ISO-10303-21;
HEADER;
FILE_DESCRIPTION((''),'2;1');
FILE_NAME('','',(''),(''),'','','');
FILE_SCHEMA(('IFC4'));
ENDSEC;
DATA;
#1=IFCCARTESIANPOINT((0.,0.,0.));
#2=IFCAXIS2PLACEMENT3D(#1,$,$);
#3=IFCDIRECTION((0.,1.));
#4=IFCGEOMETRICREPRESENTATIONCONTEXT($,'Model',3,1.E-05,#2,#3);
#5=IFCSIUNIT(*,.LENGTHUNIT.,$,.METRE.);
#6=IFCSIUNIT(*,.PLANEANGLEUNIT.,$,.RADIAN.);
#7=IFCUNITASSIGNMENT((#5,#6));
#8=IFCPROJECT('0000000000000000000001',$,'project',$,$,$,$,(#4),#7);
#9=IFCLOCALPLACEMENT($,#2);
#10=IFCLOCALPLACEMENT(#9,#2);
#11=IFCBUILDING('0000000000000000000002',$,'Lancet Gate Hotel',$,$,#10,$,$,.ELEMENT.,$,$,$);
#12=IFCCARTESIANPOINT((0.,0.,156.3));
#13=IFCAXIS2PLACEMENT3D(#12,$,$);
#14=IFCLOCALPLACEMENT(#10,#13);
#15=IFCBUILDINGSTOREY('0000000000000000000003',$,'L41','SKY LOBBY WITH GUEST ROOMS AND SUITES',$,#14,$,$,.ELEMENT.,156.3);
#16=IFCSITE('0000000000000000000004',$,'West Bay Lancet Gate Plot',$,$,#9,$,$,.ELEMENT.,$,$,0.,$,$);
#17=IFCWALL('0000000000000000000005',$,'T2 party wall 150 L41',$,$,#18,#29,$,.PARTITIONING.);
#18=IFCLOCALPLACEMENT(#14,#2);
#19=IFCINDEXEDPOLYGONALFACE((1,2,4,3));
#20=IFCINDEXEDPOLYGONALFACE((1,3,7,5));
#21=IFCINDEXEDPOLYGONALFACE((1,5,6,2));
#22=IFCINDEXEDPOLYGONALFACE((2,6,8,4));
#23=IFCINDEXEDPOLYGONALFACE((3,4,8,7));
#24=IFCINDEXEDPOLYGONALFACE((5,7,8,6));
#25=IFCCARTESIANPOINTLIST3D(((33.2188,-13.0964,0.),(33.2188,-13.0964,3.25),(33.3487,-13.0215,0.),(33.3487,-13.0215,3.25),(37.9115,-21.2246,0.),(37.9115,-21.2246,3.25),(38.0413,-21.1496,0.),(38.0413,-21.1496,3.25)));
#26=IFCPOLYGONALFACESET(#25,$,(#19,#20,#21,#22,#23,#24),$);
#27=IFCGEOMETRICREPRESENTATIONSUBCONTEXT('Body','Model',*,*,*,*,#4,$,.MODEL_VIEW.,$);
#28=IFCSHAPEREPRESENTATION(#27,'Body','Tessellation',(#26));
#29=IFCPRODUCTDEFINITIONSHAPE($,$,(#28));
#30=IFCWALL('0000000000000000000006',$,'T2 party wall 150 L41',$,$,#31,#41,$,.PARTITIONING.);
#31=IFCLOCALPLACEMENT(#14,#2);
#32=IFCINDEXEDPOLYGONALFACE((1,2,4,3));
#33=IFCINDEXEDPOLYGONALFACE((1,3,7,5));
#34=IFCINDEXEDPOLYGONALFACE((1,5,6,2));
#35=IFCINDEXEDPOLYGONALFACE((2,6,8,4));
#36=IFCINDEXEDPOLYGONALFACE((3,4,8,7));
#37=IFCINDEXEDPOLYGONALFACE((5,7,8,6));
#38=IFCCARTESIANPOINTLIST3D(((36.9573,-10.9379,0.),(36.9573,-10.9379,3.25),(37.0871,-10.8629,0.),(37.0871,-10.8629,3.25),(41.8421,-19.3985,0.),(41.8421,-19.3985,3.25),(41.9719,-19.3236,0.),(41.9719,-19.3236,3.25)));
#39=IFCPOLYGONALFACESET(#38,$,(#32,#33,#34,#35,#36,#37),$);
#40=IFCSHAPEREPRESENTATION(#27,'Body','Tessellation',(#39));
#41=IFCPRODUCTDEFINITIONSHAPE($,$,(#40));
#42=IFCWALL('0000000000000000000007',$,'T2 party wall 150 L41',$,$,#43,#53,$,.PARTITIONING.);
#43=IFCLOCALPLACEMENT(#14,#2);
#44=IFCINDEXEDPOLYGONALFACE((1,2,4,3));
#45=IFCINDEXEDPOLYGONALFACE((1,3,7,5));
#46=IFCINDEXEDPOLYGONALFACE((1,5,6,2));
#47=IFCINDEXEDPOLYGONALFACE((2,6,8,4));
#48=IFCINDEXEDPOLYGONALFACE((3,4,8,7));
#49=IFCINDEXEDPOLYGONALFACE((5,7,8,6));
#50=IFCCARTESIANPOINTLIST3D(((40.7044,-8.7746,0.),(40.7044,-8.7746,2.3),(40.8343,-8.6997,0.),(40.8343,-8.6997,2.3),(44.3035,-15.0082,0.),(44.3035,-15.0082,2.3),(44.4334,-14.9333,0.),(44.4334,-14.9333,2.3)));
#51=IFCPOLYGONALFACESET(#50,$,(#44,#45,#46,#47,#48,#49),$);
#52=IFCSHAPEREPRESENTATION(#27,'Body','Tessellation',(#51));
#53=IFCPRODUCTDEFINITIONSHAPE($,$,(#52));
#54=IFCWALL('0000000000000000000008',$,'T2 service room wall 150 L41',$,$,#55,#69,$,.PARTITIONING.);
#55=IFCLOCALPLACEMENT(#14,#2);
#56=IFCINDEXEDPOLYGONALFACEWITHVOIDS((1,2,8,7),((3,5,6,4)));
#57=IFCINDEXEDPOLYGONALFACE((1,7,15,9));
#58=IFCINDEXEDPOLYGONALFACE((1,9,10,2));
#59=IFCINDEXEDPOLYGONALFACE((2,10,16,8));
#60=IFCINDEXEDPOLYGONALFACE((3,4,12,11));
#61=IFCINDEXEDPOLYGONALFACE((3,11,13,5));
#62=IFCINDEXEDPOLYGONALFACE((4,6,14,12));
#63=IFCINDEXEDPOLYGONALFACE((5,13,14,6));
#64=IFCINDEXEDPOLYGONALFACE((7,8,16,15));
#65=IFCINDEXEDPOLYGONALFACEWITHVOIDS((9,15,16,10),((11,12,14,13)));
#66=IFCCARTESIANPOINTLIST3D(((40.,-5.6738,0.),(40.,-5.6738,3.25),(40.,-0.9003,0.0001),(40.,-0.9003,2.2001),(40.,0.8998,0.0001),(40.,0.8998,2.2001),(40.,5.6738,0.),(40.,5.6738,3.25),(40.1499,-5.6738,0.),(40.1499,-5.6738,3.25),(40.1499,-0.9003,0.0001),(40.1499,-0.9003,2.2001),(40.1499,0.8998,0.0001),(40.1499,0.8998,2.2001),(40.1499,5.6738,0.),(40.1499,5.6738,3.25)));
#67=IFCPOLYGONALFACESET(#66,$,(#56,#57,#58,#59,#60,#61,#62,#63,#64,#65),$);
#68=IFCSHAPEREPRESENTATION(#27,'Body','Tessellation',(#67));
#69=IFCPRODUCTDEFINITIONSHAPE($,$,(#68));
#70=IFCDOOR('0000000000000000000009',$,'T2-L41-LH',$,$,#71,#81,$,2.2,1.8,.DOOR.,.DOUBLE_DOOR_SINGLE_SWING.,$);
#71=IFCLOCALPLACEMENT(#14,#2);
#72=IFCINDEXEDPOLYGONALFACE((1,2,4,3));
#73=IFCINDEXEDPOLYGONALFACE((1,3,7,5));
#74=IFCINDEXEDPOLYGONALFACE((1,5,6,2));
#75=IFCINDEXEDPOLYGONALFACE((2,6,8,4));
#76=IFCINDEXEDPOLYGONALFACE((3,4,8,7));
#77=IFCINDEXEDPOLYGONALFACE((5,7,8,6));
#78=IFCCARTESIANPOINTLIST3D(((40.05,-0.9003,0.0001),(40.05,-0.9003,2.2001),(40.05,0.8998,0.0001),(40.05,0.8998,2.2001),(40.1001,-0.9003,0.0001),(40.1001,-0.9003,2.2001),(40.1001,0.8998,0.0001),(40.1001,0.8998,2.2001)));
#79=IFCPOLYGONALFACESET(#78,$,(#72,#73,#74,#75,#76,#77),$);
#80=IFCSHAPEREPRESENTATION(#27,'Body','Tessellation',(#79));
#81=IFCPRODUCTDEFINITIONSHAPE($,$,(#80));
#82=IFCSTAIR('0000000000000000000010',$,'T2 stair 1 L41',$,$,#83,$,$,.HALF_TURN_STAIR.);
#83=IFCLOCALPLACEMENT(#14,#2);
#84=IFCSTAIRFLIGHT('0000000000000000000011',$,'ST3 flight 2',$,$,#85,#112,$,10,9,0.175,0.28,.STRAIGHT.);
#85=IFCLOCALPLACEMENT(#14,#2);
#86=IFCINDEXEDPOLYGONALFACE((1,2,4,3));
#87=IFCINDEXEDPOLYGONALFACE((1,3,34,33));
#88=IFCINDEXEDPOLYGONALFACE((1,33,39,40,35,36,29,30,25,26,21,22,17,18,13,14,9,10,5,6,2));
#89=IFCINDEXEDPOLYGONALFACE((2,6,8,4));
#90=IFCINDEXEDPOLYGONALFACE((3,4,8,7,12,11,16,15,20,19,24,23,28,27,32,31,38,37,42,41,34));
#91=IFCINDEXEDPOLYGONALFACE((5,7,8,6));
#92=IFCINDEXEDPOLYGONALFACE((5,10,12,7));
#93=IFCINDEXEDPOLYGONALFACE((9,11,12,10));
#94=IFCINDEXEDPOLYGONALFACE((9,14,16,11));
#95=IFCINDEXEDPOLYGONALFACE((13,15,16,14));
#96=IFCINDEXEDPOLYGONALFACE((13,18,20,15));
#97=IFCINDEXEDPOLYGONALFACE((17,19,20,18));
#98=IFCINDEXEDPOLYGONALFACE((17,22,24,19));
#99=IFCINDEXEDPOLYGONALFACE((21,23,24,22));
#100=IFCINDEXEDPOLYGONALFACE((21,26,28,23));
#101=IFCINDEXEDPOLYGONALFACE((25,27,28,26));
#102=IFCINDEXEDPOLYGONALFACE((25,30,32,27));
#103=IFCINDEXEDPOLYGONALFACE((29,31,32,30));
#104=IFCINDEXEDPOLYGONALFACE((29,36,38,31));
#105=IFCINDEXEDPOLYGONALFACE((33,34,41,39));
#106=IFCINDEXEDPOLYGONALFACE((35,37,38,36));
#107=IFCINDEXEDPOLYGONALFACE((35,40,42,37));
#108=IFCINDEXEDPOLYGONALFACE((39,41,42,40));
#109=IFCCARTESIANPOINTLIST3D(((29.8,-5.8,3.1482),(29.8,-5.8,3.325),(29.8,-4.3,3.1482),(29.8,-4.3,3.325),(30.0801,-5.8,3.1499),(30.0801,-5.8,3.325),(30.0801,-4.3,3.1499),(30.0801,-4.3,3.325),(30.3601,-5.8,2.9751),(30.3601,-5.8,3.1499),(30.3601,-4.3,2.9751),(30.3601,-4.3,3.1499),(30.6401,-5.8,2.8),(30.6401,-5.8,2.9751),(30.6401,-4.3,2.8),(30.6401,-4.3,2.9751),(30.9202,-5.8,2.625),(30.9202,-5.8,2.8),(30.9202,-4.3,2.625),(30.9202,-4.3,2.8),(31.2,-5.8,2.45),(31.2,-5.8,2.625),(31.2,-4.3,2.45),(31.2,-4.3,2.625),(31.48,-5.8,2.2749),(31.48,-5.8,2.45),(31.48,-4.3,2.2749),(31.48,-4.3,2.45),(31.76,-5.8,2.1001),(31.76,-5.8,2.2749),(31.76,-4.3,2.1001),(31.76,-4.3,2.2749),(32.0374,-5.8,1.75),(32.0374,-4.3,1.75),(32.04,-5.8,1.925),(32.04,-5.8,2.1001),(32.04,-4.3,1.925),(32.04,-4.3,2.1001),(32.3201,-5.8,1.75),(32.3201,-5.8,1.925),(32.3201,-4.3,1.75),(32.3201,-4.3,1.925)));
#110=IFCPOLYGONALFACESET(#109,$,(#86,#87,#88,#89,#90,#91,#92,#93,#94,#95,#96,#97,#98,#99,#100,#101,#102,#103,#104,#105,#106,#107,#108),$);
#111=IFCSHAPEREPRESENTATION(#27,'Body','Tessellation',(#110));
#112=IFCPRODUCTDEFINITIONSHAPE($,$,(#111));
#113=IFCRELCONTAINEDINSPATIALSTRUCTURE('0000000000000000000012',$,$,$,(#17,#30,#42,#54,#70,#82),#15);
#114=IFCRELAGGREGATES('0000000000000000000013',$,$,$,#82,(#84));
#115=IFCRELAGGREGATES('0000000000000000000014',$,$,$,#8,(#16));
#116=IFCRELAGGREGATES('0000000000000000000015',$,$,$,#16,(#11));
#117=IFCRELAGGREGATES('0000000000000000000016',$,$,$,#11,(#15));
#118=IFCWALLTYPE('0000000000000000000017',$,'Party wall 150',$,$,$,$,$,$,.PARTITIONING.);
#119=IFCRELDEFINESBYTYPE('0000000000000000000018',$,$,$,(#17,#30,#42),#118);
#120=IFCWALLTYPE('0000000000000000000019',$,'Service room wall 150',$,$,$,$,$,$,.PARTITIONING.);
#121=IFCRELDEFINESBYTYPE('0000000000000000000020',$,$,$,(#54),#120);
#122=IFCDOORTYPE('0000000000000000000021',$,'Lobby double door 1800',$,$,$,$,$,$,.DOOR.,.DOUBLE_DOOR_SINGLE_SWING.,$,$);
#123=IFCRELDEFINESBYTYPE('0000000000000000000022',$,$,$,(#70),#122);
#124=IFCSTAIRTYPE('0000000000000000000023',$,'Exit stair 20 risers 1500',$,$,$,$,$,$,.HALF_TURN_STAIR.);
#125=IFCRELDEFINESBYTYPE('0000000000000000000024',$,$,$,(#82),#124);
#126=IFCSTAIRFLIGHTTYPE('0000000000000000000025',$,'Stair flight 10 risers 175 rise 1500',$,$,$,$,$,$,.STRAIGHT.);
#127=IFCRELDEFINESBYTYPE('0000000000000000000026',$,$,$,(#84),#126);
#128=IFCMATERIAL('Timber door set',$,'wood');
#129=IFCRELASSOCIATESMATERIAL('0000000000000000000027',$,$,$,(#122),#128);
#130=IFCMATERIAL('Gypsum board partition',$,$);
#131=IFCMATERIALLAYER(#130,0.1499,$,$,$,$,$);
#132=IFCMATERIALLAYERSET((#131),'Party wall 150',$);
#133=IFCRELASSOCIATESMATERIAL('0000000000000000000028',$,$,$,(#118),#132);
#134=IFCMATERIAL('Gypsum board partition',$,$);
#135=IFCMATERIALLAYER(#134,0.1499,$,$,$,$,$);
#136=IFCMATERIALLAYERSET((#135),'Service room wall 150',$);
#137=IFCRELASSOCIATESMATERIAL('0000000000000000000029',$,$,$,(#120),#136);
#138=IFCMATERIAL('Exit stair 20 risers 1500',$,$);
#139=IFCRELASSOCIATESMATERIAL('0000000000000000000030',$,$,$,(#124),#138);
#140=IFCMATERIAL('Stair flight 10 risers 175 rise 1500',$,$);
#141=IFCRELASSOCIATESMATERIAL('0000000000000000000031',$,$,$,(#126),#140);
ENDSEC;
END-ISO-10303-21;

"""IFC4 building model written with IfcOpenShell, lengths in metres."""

from ifc_helpers import new_model, si_unit, direction, frame, frame_2d, origin, place, context, subcontext, project, spatial, polyline, rectangle, outline, extrude, material, layer, layer_set, type_object, element, fill, aggregate, save


model = new_model("IFC4")

# Units and contexts
model_context = context("Model", 3, precision=1e-05, world=origin(), true_north=direction((0.0, 1.0)))
body_context = subcontext(model_context, "Body", "Model", "MODEL_VIEW")
ifc_project = project(units=[si_unit("LENGTHUNIT", "METRE"), si_unit("PLANEANGLEUNIT", "RADIAN")], contexts=[model_context])

# Site, building, storey
site_placement = place(None, origin())
site = spatial("IfcSite", under=ifc_project, at=site_placement, Name="West Bay Lancet Gate Plot", CompositionType="ELEMENT", RefElevation=0.0)
building_placement = place(site_placement, origin())
building = spatial("IfcBuilding", under=site, at=building_placement, Name="Lancet Gate Hotel", CompositionType="ELEMENT")
storey_placement = place(building_placement, frame((0.0, 0.0, 156.3)))
storey = spatial("IfcBuildingStorey", under=building, at=storey_placement, Name="L41", Description="SKY LOBBY WITH GUEST ROOMS AND SUITES", CompositionType="ELEMENT", Elevation=156.3)

# Shared definitions
ifc_material_1 = material(Name="Timber door set", Category="wood")
door_type_1 = type_object("IfcDoorType", Name="Lobby double door 1800", OperationType="DOUBLE_DOOR_SINGLE_SWING", PredefinedType="DOOR", material=ifc_material_1)

# Walls
ifc_material_2 = material(Name="Gypsum board partition")
ifc_layer_1 = layer(ifc_material_2, 0.1499)
ifc_layer_set_1 = layer_set([ifc_layer_1], Name="Party wall 150")
wall_type_1 = type_object("IfcWallType", Name="Party wall 150", PredefinedType="PARTITIONING", material=ifc_layer_set_1)
wall_1_placement = place(storey_placement, frame((33.2837, -13.0588, 0.0), z_axis=(0.0, 0.0, 1.0), x_axis=(0.499986, -0.866034, 0.0)))
element("IfcWall", 1, at=wall_1_placement, inside=storey, type_object=wall_type_1, Name="T2 party wall 150 L41", PredefinedType="PARTITIONING", context=body_context, shape_type="SweptSolid", body=[
    extrude(rectangle(XDim=9.3855, YDim=0.1499, at=frame_2d((4.6929, 0.0))), origin(), (0.0, 0.0, 1.0), 3.25),
])
wall_2_placement = place(storey_placement, frame((37.0222, -10.9004, 0.0), z_axis=(0.0, 0.0, 1.0), x_axis=(0.499999, -0.866026, 0.0)))
element("IfcWall", 2, at=wall_2_placement, inside=storey, type_object=wall_type_1, Name="T2 party wall 150 L41", PredefinedType="PARTITIONING", context=body_context, shape_type="SweptSolid", body=[
    extrude(rectangle(XDim=9.7695, YDim=0.1499, at=frame_2d((4.8848, 0.0))), origin(), (0.0, 0.0, 1.0), 3.25),
])
wall_3_placement = place(storey_placement, frame((40.7693, -8.7371, 0.0), z_axis=(0.0, 0.0, 1.0), x_axis=(0.500013, -0.866018, 0.0)))
element("IfcWall", 3, at=wall_3_placement, inside=storey, type_object=wall_type_1, Name="T2 party wall 150 L41", PredefinedType="PARTITIONING", context=body_context, shape_type="SweptSolid", body=[
    extrude(rectangle(XDim=7.198, YDim=0.1499, at=frame_2d((3.5991, 0.0))), origin(), (0.0, 0.0, 1.0), 2.3),
])

# Wall, opening, door
ifc_material_3 = material(Name="Gypsum board partition")
ifc_layer_2 = layer(ifc_material_3, 0.1499)
ifc_layer_set_2 = layer_set([ifc_layer_2], Name="Service room wall 150")
wall_type_2 = type_object("IfcWallType", Name="Service room wall 150", PredefinedType="PARTITIONING", material=ifc_layer_set_2)
wall_4_placement = place(storey_placement, frame((40.075, -5.6738, 0.0), z_axis=(0.0, 0.0, 1.0), x_axis=(0.0, 1.0, 0.0)))
wall_4 = element("IfcWall", 4, at=wall_4_placement, inside=storey, type_object=wall_type_2, Name="T2 service room wall 150 L41", PredefinedType="PARTITIONING", context=body_context, shape_type="SweptSolid", body=[
    extrude(rectangle(XDim=11.3477, YDim=0.1499, at=frame_2d((5.6738, 0.0))), origin(), (0.0, 0.0, 1.0), 3.25),
])
opening_1_placement = place(wall_4_placement, frame((4.7737, 0.0, 0.0)))
opening_1 = element("IfcOpeningElement", 5, at=opening_1_placement, cuts=wall_4, PredefinedType="OPENING", context=body_context, shape_type="SweptSolid", body=[
    extrude(rectangle(XDim=1.8, YDim=2.2, at=frame_2d((0.8999, 1.1001))), frame((0.0, 0.085, 0.0), z_axis=(0.0, -1.0, 0.0), x_axis=(1.0, 0.0, 0.0)), (0.0, 0.0, 1.0), 0.1699),
])
door_1_placement = place(opening_1_placement, origin())
door_1 = element("IfcDoor", 6, at=door_1_placement, inside=storey, type_object=door_type_1, Name="T2-L41-LH", OperationType="DOUBLE_DOOR_SINGLE_SWING", OverallHeight=2.2, OverallWidth=1.8, PredefinedType="DOOR", context=body_context, shape_type="SweptSolid", body=[
    extrude(rectangle(XDim=1.8, YDim=2.2, at=frame_2d((0.8999, 1.1001))), frame((0.0, 0.0249, 0.0), z_axis=(0.0, -1.0, 0.0), x_axis=(1.0, 0.0, 0.0)), (0.0, 0.0, 1.0), 0.05),
])
fill(opening_1, door_1)

# Stair, stair flight
ifc_material_4 = material(Name="Exit stair 20 risers 1500")
stair_type = type_object("IfcStairType", Name="Exit stair 20 risers 1500", PredefinedType="HALF_TURN_STAIR", material=ifc_material_4)
stair_placement = place(storey_placement, origin())
stair = element("IfcStair", 7, at=stair_placement, inside=storey, type_object=stair_type, Name="T2 stair 1 L41", PredefinedType="HALF_TURN_STAIR")
ifc_material_5 = material(Name="Stair flight 10 risers 175 rise 1500")
stair_flight_type = type_object("IfcStairFlightType", Name="Stair flight 10 risers 175 rise 1500", PredefinedType="STRAIGHT", material=ifc_material_5)
stair_flight_placement = place(storey_placement, frame((32.3201, -5.05, 1.75), z_axis=(0.0, 0.0, 1.0), x_axis=(-1.0, 0.0, 0.0)))
stair_flight = element("IfcStairFlight", 8, at=stair_flight_placement, type_object=stair_flight_type, Name="ST3 flight 2", NumberOfRisers=10, NumberOfTreads=9, PredefinedType="STRAIGHT", RiserHeight=0.175, TreadLength=0.28, context=body_context, shape_type="SweptSolid", body=[
    extrude(outline(polyline([(0.0, 0.0), (0.0, 0.175), (0.28, 0.175), (0.28, 0.3501), (0.5601, 0.3501), (0.5601, 0.5249), (0.8401, 0.5249), (0.8401, 0.7), (1.1201, 0.7), (1.1201, 0.875), (1.3999, 0.875), (1.3999, 1.05), (1.6799, 1.05), (1.6799, 1.2251), (1.96, 1.2251), (1.96, 1.3999), (2.24, 1.3999), (2.24, 1.575), (2.52, 1.575), (2.52, 1.75), (2.52, 1.3982), (0.2827, 0.0), (0.0, 0.0)])), frame((0.0, 0.75, 0.0), z_axis=(0.0, -1.0, 0.0), x_axis=(1.0, 0.0, 0.0)), (0.0, 0.0, 1.0), 1.5),
])
aggregate(stair, [stair_flight])

save(model, "model.ifc")
